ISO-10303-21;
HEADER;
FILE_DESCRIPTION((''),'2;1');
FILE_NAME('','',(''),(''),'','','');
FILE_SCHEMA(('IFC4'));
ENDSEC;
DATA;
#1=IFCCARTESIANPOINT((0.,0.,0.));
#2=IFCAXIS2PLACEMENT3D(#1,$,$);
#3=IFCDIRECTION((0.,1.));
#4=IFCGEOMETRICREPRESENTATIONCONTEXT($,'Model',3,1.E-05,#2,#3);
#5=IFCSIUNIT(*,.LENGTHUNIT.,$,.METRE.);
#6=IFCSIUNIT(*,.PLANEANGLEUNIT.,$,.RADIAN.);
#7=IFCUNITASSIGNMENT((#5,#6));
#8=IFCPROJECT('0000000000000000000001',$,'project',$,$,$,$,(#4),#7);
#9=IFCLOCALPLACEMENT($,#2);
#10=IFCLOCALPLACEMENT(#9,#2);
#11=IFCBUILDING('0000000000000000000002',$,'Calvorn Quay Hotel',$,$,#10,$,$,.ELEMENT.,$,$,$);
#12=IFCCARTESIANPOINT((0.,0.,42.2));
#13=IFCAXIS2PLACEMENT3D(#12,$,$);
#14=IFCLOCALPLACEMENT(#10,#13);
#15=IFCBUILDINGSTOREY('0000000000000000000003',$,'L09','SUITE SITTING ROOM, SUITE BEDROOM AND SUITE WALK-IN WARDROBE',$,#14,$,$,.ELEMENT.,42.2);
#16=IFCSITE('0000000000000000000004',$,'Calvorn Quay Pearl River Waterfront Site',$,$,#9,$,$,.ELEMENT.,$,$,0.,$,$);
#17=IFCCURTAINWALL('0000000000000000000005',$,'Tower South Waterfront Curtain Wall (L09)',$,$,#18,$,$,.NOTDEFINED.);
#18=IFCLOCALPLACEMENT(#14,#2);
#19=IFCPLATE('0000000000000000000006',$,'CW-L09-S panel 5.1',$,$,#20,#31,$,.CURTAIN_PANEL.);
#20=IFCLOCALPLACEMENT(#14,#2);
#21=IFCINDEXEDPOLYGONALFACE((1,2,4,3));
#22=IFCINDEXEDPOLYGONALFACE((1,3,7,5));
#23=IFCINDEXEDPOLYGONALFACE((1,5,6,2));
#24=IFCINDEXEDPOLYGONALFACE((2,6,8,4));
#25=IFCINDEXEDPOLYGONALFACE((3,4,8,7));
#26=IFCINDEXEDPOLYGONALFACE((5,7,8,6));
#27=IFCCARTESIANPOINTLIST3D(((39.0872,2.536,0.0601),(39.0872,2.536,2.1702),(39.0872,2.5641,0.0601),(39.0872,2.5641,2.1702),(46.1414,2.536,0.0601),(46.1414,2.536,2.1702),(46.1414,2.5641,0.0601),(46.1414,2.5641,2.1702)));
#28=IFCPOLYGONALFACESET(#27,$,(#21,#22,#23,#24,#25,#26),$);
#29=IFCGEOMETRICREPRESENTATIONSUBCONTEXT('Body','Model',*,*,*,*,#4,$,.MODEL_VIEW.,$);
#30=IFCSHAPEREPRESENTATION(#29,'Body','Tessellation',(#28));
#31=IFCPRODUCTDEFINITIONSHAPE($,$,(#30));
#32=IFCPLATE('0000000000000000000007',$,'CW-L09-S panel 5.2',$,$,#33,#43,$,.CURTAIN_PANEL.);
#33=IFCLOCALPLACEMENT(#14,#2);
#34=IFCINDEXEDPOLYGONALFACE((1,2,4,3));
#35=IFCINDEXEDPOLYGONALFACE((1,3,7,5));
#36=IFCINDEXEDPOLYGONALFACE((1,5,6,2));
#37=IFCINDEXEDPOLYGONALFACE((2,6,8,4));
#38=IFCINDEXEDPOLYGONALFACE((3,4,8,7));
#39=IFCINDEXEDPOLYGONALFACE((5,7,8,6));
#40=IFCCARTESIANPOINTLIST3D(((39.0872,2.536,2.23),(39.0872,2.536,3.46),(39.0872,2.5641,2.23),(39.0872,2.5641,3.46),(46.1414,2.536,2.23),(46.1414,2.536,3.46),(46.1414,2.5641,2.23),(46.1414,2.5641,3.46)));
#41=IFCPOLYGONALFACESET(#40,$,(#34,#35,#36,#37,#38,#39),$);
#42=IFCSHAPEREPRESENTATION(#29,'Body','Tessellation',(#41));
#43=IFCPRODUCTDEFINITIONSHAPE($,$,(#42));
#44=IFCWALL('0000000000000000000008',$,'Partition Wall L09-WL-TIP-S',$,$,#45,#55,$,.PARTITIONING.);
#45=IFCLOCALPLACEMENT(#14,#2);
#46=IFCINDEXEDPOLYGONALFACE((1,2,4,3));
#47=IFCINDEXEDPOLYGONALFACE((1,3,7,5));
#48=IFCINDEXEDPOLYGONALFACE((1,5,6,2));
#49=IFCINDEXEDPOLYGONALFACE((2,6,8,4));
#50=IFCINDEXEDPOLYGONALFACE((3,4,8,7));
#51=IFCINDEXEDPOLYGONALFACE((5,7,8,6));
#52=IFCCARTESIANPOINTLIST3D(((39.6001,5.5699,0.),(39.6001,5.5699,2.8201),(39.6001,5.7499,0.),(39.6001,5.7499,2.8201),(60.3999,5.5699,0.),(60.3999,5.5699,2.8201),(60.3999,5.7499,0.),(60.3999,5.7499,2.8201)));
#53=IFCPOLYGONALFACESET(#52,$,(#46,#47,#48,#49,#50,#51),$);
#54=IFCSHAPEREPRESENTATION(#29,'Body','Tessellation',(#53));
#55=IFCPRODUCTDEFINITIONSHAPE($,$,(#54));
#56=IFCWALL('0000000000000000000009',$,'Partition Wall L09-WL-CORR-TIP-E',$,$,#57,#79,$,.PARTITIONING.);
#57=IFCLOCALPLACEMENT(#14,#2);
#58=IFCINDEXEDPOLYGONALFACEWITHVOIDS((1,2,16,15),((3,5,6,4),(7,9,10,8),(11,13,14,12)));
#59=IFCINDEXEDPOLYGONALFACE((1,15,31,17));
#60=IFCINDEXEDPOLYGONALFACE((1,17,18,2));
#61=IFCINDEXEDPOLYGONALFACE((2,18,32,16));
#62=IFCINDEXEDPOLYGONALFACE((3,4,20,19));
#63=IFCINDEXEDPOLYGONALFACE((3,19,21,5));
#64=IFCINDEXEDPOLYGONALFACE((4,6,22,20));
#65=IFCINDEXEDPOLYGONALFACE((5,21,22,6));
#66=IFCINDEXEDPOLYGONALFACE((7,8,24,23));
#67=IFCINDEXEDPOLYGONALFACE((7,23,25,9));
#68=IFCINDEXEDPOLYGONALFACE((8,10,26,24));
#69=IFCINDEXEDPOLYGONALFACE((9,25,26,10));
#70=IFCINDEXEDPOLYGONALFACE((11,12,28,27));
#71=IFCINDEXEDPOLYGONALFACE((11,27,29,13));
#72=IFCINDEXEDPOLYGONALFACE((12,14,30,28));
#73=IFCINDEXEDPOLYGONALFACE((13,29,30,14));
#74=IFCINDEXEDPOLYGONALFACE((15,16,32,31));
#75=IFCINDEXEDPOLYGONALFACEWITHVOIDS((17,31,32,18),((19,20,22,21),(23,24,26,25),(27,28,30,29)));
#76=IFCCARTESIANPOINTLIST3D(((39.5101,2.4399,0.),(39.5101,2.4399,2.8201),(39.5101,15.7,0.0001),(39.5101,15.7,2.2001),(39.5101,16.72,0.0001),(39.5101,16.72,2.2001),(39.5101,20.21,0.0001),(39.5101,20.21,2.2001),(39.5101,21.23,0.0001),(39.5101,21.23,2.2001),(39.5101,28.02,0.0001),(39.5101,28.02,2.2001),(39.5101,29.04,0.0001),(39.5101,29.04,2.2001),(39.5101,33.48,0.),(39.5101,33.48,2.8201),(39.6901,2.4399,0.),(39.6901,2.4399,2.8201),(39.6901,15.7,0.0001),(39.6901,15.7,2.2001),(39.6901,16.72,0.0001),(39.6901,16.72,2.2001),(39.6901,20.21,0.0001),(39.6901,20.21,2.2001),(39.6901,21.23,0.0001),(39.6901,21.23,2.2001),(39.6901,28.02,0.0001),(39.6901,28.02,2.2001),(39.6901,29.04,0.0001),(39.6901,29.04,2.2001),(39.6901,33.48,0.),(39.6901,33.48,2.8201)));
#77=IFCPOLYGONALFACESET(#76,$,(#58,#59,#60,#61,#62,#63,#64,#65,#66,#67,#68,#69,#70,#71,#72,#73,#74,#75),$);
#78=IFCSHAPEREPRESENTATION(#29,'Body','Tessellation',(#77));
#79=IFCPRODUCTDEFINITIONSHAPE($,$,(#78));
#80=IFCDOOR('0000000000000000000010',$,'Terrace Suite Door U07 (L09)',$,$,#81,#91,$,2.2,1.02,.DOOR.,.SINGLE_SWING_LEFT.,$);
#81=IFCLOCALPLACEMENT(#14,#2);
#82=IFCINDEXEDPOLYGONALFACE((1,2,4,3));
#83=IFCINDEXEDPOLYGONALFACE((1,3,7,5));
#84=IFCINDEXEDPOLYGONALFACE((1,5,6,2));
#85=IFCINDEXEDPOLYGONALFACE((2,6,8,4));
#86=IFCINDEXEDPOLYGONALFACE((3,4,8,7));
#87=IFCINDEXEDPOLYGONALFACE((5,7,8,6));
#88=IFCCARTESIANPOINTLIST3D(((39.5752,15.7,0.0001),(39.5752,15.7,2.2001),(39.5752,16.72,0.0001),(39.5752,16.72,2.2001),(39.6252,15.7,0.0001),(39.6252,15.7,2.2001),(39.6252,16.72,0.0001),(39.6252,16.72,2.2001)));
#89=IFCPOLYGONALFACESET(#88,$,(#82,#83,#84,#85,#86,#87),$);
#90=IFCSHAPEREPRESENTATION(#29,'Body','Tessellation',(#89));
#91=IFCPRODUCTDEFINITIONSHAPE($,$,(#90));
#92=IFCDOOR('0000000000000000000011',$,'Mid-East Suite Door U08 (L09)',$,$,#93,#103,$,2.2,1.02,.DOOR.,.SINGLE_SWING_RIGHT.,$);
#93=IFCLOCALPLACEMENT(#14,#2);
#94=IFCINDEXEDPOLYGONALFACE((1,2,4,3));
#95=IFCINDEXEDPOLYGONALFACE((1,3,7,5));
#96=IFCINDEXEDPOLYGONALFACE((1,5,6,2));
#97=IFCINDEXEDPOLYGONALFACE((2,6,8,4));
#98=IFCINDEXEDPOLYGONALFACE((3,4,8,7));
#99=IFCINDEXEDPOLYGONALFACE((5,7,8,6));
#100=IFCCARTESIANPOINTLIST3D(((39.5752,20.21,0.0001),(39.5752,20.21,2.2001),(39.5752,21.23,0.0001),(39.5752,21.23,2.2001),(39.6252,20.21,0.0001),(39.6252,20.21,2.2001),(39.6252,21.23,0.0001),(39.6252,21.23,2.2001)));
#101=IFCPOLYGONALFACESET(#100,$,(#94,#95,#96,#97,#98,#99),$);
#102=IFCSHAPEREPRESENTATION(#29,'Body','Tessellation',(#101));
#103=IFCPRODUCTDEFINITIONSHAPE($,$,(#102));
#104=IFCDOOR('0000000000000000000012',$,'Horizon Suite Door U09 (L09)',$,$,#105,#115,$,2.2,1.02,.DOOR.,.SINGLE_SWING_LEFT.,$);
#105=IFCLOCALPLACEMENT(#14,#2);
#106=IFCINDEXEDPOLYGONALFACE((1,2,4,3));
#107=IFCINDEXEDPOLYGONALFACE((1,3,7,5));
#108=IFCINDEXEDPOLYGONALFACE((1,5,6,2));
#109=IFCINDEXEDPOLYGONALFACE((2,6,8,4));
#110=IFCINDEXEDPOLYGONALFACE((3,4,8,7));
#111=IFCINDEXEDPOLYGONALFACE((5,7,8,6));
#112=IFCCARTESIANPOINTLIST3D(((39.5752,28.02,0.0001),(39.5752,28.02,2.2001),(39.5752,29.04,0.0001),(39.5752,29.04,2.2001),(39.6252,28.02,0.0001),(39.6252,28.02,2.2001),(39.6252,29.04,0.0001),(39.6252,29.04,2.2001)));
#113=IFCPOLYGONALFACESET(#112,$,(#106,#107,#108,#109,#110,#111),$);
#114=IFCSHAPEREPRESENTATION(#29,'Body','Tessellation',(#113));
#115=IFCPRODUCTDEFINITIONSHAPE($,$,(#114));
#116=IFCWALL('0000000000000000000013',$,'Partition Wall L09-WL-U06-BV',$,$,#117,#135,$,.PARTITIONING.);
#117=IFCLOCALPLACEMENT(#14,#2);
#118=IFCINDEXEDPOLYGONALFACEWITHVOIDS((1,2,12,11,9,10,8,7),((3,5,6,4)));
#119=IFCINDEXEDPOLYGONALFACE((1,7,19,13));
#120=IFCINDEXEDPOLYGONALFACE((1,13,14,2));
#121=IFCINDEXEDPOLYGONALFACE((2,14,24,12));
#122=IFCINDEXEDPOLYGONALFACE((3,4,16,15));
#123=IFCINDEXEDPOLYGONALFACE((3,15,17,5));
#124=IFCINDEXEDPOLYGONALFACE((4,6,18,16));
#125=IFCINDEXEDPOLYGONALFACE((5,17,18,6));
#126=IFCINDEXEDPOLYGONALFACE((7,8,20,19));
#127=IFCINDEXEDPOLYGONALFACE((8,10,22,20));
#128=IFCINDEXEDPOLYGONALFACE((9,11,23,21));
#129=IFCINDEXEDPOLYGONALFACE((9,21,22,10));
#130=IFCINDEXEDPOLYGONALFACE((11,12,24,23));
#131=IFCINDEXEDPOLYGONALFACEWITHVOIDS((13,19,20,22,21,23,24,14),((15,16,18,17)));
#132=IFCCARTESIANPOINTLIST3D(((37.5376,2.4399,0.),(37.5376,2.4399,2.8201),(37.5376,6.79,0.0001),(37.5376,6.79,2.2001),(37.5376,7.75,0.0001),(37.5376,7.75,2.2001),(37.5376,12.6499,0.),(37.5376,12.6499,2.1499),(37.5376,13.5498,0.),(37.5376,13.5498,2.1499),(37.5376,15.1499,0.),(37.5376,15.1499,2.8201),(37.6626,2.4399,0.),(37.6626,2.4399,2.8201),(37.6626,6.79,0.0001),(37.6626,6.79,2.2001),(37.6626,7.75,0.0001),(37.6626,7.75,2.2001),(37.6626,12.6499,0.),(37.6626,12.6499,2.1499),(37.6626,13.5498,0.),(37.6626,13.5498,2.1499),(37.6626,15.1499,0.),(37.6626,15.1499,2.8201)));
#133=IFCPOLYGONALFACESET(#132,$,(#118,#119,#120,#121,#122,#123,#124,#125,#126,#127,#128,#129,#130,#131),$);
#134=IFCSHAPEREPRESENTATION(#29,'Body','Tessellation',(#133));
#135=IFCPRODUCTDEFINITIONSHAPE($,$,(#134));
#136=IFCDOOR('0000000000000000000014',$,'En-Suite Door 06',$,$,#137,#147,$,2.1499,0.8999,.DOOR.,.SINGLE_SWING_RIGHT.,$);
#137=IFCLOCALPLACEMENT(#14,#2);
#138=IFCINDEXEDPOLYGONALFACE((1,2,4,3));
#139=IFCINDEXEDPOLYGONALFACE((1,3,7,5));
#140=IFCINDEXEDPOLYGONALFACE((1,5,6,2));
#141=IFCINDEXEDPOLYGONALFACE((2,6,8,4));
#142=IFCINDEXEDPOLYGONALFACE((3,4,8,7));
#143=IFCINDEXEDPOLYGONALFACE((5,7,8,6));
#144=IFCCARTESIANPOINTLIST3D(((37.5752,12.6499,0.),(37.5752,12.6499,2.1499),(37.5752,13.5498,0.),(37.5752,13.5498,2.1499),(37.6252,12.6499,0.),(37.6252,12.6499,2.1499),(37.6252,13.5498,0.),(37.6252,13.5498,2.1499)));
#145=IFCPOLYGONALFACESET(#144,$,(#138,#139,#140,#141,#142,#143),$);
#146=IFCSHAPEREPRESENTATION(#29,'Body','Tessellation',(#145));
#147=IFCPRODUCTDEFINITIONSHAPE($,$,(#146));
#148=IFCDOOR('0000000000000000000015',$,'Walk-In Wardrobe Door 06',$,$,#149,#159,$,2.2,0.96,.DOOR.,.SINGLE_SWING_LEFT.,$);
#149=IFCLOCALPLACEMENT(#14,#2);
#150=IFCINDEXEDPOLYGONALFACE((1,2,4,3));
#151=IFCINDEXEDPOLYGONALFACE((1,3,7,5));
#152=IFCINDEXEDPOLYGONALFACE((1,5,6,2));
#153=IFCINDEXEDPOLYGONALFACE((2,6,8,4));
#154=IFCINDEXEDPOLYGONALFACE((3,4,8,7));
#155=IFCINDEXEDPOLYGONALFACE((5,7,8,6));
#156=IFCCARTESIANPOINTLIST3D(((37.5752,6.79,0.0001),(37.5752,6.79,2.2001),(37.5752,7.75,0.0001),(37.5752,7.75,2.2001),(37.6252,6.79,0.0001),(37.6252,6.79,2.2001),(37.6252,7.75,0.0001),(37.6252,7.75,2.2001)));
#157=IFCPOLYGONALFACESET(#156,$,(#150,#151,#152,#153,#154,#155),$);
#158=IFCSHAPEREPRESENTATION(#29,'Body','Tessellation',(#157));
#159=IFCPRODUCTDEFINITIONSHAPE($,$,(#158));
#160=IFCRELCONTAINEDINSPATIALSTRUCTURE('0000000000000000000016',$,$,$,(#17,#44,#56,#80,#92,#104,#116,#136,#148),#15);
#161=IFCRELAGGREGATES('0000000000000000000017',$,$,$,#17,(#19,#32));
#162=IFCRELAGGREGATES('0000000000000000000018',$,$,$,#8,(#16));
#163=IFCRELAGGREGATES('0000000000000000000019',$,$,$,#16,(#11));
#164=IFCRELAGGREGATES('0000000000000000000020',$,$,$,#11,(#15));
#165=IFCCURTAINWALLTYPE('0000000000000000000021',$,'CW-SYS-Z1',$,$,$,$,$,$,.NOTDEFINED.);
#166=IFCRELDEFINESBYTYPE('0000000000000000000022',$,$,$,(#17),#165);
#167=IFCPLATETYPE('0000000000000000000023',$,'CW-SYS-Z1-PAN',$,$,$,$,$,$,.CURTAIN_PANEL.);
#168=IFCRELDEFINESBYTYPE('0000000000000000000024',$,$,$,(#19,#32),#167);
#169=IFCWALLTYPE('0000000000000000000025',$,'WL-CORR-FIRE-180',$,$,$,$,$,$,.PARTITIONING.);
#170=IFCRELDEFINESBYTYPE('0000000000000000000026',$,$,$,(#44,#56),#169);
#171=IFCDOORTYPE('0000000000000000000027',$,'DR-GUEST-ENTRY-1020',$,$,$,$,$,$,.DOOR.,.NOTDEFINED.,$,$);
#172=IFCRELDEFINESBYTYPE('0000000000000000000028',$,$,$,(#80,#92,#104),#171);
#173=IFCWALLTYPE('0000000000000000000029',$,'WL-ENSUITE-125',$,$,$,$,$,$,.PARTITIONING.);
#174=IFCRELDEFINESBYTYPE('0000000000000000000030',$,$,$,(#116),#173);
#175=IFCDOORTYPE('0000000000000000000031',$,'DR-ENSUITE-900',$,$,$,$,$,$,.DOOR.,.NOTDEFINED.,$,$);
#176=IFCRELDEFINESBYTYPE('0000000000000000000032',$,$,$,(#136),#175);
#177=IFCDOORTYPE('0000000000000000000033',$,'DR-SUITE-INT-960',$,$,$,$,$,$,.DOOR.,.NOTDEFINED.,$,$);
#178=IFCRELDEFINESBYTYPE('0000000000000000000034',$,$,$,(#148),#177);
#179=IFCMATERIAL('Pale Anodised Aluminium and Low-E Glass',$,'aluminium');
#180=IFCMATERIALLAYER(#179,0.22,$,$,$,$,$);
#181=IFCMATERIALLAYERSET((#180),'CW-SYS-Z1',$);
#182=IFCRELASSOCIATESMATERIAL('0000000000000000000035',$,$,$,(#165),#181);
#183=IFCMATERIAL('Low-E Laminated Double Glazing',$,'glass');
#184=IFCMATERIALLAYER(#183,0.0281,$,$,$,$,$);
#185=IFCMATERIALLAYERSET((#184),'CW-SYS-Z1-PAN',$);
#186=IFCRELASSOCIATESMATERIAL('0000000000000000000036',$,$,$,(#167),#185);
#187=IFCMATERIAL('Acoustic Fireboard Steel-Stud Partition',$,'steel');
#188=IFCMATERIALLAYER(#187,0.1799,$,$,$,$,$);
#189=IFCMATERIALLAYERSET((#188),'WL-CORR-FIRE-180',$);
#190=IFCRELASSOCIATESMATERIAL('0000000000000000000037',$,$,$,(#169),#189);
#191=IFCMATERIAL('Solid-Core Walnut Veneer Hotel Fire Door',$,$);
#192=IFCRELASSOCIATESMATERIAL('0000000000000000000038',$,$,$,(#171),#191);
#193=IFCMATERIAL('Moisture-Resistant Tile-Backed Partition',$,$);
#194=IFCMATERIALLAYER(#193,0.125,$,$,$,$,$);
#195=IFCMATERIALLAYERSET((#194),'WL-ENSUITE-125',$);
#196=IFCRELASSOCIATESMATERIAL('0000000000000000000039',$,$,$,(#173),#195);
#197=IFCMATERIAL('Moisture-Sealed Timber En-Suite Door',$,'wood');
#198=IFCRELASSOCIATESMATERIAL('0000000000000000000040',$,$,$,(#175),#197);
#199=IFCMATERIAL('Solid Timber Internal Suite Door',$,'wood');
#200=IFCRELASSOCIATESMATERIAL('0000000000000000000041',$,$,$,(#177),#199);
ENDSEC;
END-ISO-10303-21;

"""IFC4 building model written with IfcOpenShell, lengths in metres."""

from ifc_helpers import new_model, si_unit, direction, frame, frame_2d, origin, origin_2d, place, context, subcontext, project, spatial, rectangle, extrude, material, layer, layer_set, type_object, element, fill, aggregate, save


model = new_model("IFC4")

# Units and contexts
model_context = context("Model", 3, precision=1e-05, world=origin(), true_north=direction((0.0, 1.0)))
body_context = subcontext(model_context, "Body", "Model", "MODEL_VIEW")
ifc_project = project(units=[si_unit("LENGTHUNIT", "METRE"), si_unit("PLANEANGLEUNIT", "RADIAN")], contexts=[model_context])

# Site, building, storey
site_placement = place(None, origin())
site = spatial("IfcSite", under=ifc_project, at=site_placement, Name="Calvorn Quay Pearl River Waterfront Site", CompositionType="ELEMENT", RefElevation=0.0)
building_placement = place(site_placement, origin())
building = spatial("IfcBuilding", under=site, at=building_placement, Name="Calvorn Quay Hotel", CompositionType="ELEMENT")
storey_placement = place(building_placement, frame((0.0, 0.0, 42.2)))
storey = spatial("IfcBuildingStorey", under=building, at=storey_placement, Name="L09", Description="SUITE SITTING ROOM, SUITE BEDROOM AND SUITE WALK-IN WARDROBE", CompositionType="ELEMENT", Elevation=42.2)

# Curtain wall, plates
ifc_material_1 = material(Name="Pale Anodised Aluminium and Low-E Glass", Category="aluminium")
ifc_layer_1 = layer(ifc_material_1, 0.22)
ifc_layer_set_1 = layer_set([ifc_layer_1], Name="CW-SYS-Z1")
curtain_wall_type = type_object("IfcCurtainWallType", Name="CW-SYS-Z1", PredefinedType="NOTDEFINED", material=ifc_layer_set_1)
curtain_wall_placement = place(storey_placement, origin())
curtain_wall = element("IfcCurtainWall", 1, at=curtain_wall_placement, inside=storey, type_object=curtain_wall_type, Name="Tower South Waterfront Curtain Wall (L09)", PredefinedType="NOTDEFINED")
ifc_material_2 = material(Name="Low-E Laminated Double Glazing", Category="glass")
ifc_layer_2 = layer(ifc_material_2, 0.0281)
ifc_layer_set_2 = layer_set([ifc_layer_2], Name="CW-SYS-Z1-PAN")
plate_type = type_object("IfcPlateType", Name="CW-SYS-Z1-PAN", PredefinedType="CURTAIN_PANEL", material=ifc_layer_set_2)
plate_1_placement = place(storey_placement, frame((42.6143, 2.55, 0.0601), z_axis=(0.0, 0.0, 1.0), x_axis=(1.0, 0.0, 0.0)))
plate_1 = element("IfcPlate", 2, at=plate_1_placement, type_object=plate_type, Name="CW-L09-S panel 5.1", PredefinedType="CURTAIN_PANEL", context=body_context, shape_type="SweptSolid", body=[
    extrude(rectangle(XDim=7.0542, YDim=0.0281, at=origin_2d()), origin(), (0.0, 0.0, 1.0), 2.1101),
])
plate_2_placement = place(storey_placement, frame((42.6143, 2.55, 2.23), z_axis=(0.0, 0.0, 1.0), x_axis=(1.0, 0.0, 0.0)))
plate_2 = element("IfcPlate", 3, at=plate_2_placement, type_object=plate_type, Name="CW-L09-S panel 5.2", PredefinedType="CURTAIN_PANEL", context=body_context, shape_type="SweptSolid", body=[
    extrude(rectangle(XDim=7.0542, YDim=0.0281, at=origin_2d()), origin(), (0.0, 0.0, 1.0), 1.23),
])
aggregate(curtain_wall, [plate_1, plate_2])

# Wall
ifc_material_3 = material(Name="Acoustic Fireboard Steel-Stud Partition", Category="steel")
ifc_layer_3 = layer(ifc_material_3, 0.1799)
ifc_layer_set_3 = layer_set([ifc_layer_3], Name="WL-CORR-FIRE-180")
wall_type_1 = type_object("IfcWallType", Name="WL-CORR-FIRE-180", PredefinedType="PARTITIONING", material=ifc_layer_set_3)
wall_1_placement = place(storey_placement, frame((39.6001, 5.6599, 0.0), z_axis=(0.0, 0.0, 1.0), x_axis=(1.0, 0.0, 0.0)))
element("IfcWall", 4, at=wall_1_placement, inside=storey, type_object=wall_type_1, Name="Partition Wall L09-WL-TIP-S", PredefinedType="PARTITIONING", context=body_context, shape_type="SweptSolid", body=[
    extrude(rectangle(XDim=20.7998, YDim=0.1799, at=frame_2d((10.3999, 0.0))), origin(), (0.0, 0.0, 1.0), 2.8201),
])

# Walls, openings, doors
wall_2_placement = place(storey_placement, frame((39.6001, 2.4399, 0.0), z_axis=(0.0, 0.0, 1.0), x_axis=(0.0, 1.0, 0.0)))
wall_2 = element("IfcWall", 5, at=wall_2_placement, inside=storey, type_object=wall_type_1, Name="Partition Wall L09-WL-CORR-TIP-E", PredefinedType="PARTITIONING", context=body_context, shape_type="SweptSolid", body=[
    extrude(rectangle(XDim=31.04, YDim=0.1799, at=frame_2d((15.52, 0.0))), origin(), (0.0, 0.0, 1.0), 2.8201),
])
opening_1_placement = place(wall_2_placement, frame((13.26, 0.0, 0.0)))
opening_1 = element("IfcOpeningElement", 6, at=opening_1_placement, cuts=wall_2, PredefinedType="OPENING", context=body_context, shape_type="SweptSolid", body=[
    extrude(rectangle(XDim=1.02, YDim=2.2, at=frame_2d((0.51, 1.1001))), frame((0.0, 0.0999, 0.0), z_axis=(0.0, -1.0, 0.0), x_axis=(1.0, 0.0, 0.0)), (0.0, 0.0, 1.0), 0.2),
])
opening_2_placement = place(wall_2_placement, frame((17.77, 0.0, 0.0)))
opening_2 = element("IfcOpeningElement", 7, at=opening_2_placement, cuts=wall_2, PredefinedType="OPENING", context=body_context, shape_type="SweptSolid", body=[
    extrude(rectangle(XDim=1.02, YDim=2.2, at=frame_2d((0.51, 1.1001))), frame((0.0, 0.0999, 0.0), z_axis=(0.0, -1.0, 0.0), x_axis=(1.0, 0.0, 0.0)), (0.0, 0.0, 1.0), 0.2),
])
opening_3_placement = place(wall_2_placement, frame((25.5801, 0.0, 0.0)))
opening_3 = element("IfcOpeningElement", 8, at=opening_3_placement, cuts=wall_2, PredefinedType="OPENING", context=body_context, shape_type="SweptSolid", body=[
    extrude(rectangle(XDim=1.02, YDim=2.2, at=frame_2d((0.51, 1.1001))), frame((0.0, 0.0999, 0.0), z_axis=(0.0, -1.0, 0.0), x_axis=(1.0, 0.0, 0.0)), (0.0, 0.0, 1.0), 0.2),
])
ifc_material_4 = material(Name="Solid-Core Walnut Veneer Hotel Fire Door")
door_type_1 = type_object("IfcDoorType", Name="DR-GUEST-ENTRY-1020", OperationType="NOTDEFINED", PredefinedType="DOOR", material=ifc_material_4)
door_1_placement = place(opening_1_placement, origin())
door_1 = element("IfcDoor", 9, at=door_1_placement, inside=storey, type_object=door_type_1, Name="Terrace Suite Door U07 (L09)", OperationType="SINGLE_SWING_LEFT", OverallHeight=2.2, OverallWidth=1.02, PredefinedType="DOOR", context=body_context, shape_type="SweptSolid", body=[
    extrude(rectangle(XDim=1.02, YDim=2.2, at=frame_2d((0.51, 1.1001))), frame((0.0, 0.0249, 0.0), z_axis=(0.0, -1.0, 0.0), x_axis=(1.0, 0.0, 0.0)), (0.0, 0.0, 1.0), 0.05),
])
fill(opening_1, door_1)
door_2_placement = place(opening_2_placement, origin())
door_2 = element("IfcDoor", 10, at=door_2_placement, inside=storey, type_object=door_type_1, Name="Mid-East Suite Door U08 (L09)", OperationType="SINGLE_SWING_RIGHT", OverallHeight=2.2, OverallWidth=1.02, PredefinedType="DOOR", context=body_context, shape_type="SweptSolid", body=[
    extrude(rectangle(XDim=1.02, YDim=2.2, at=frame_2d((0.51, 1.1001))), frame((0.0, 0.0249, 0.0), z_axis=(0.0, -1.0, 0.0), x_axis=(1.0, 0.0, 0.0)), (0.0, 0.0, 1.0), 0.05),
])
fill(opening_2, door_2)
door_3_placement = place(opening_3_placement, origin())
door_3 = element("IfcDoor", 11, at=door_3_placement, inside=storey, type_object=door_type_1, Name="Horizon Suite Door U09 (L09)", OperationType="SINGLE_SWING_LEFT", OverallHeight=2.2, OverallWidth=1.02, PredefinedType="DOOR", context=body_context, shape_type="SweptSolid", body=[
    extrude(rectangle(XDim=1.02, YDim=2.2, at=frame_2d((0.51, 1.1001))), frame((0.0, 0.0249, 0.0), z_axis=(0.0, -1.0, 0.0), x_axis=(1.0, 0.0, 0.0)), (0.0, 0.0, 1.0), 0.05),
])
fill(opening_3, door_3)
ifc_material_5 = material(Name="Moisture-Resistant Tile-Backed Partition")
ifc_layer_4 = layer(ifc_material_5, 0.125)
ifc_layer_set_4 = layer_set([ifc_layer_4], Name="WL-ENSUITE-125")
wall_type_2 = type_object("IfcWallType", Name="WL-ENSUITE-125", PredefinedType="PARTITIONING", material=ifc_layer_set_4)
wall_3_placement = place(storey_placement, frame((37.6001, 2.4399, 0.0), z_axis=(0.0, 0.0, 1.0), x_axis=(0.0, 1.0, 0.0)))
wall_3 = element("IfcWall", 12, at=wall_3_placement, inside=storey, type_object=wall_type_2, Name="Partition Wall L09-WL-U06-BV", PredefinedType="PARTITIONING", context=body_context, shape_type="SweptSolid", body=[
    extrude(rectangle(XDim=12.71, YDim=0.125, at=frame_2d((6.355, 0.0))), origin(), (0.0, 0.0, 1.0), 2.8201),
])
opening_4_placement = place(wall_3_placement, frame((4.3501, 0.0, 0.0)))
opening_4 = element("IfcOpeningElement", 13, at=opening_4_placement, cuts=wall_3, PredefinedType="OPENING", context=body_context, shape_type="SweptSolid", body=[
    extrude(rectangle(XDim=0.96, YDim=2.2, at=frame_2d((0.48, 1.1001))), frame((0.0, 0.0725, 0.0), z_axis=(0.0, -1.0, 0.0), x_axis=(1.0, 0.0, 0.0)), (0.0, 0.0, 1.0), 0.145),
])
opening_5_placement = place(wall_3_placement, frame((10.21, 0.0, 0.0)))
opening_5 = element("IfcOpeningElement", 14, at=opening_5_placement, cuts=wall_3, PredefinedType="OPENING", context=body_context, shape_type="SweptSolid", body=[
    extrude(rectangle(XDim=0.8999, YDim=2.1499, at=frame_2d((0.45, 1.075))), frame((0.0, 0.0725, 0.0), z_axis=(0.0, -1.0, 0.0), x_axis=(1.0, 0.0, 0.0)), (0.0, 0.0, 1.0), 0.145),
])
ifc_material_6 = material(Name="Moisture-Sealed Timber En-Suite Door", Category="wood")
door_type_2 = type_object("IfcDoorType", Name="DR-ENSUITE-900", OperationType="NOTDEFINED", PredefinedType="DOOR", material=ifc_material_6)
door_4_placement = place(opening_5_placement, origin())
door_4 = element("IfcDoor", 15, at=door_4_placement, inside=storey, type_object=door_type_2, Name="En-Suite Door 06", OperationType="SINGLE_SWING_RIGHT", OverallHeight=2.1499, OverallWidth=0.8999, PredefinedType="DOOR", context=body_context, shape_type="SweptSolid", body=[
    extrude(rectangle(XDim=0.8999, YDim=2.1499, at=frame_2d((0.45, 1.075))), frame((0.0, 0.0249, 0.0), z_axis=(0.0, -1.0, 0.0), x_axis=(1.0, 0.0, 0.0)), (0.0, 0.0, 1.0), 0.05),
])
fill(opening_5, door_4)
ifc_material_7 = material(Name="Solid Timber Internal Suite Door", Category="wood")
door_type_3 = type_object("IfcDoorType", Name="DR-SUITE-INT-960", OperationType="NOTDEFINED", PredefinedType="DOOR", material=ifc_material_7)
door_5_placement = place(opening_4_placement, origin())
door_5 = element("IfcDoor", 16, at=door_5_placement, inside=storey, type_object=door_type_3, Name="Walk-In Wardrobe Door 06", OperationType="SINGLE_SWING_LEFT", OverallHeight=2.2, OverallWidth=0.96, PredefinedType="DOOR", context=body_context, shape_type="SweptSolid", body=[
    extrude(rectangle(XDim=0.96, YDim=2.2, at=frame_2d((0.48, 1.1001))), frame((0.0, 0.0249, 0.0), z_axis=(0.0, -1.0, 0.0), x_axis=(1.0, 0.0, 0.0)), (0.0, 0.0, 1.0), 0.05),
])
fill(opening_4, door_5)

save(model, "model.ifc")
